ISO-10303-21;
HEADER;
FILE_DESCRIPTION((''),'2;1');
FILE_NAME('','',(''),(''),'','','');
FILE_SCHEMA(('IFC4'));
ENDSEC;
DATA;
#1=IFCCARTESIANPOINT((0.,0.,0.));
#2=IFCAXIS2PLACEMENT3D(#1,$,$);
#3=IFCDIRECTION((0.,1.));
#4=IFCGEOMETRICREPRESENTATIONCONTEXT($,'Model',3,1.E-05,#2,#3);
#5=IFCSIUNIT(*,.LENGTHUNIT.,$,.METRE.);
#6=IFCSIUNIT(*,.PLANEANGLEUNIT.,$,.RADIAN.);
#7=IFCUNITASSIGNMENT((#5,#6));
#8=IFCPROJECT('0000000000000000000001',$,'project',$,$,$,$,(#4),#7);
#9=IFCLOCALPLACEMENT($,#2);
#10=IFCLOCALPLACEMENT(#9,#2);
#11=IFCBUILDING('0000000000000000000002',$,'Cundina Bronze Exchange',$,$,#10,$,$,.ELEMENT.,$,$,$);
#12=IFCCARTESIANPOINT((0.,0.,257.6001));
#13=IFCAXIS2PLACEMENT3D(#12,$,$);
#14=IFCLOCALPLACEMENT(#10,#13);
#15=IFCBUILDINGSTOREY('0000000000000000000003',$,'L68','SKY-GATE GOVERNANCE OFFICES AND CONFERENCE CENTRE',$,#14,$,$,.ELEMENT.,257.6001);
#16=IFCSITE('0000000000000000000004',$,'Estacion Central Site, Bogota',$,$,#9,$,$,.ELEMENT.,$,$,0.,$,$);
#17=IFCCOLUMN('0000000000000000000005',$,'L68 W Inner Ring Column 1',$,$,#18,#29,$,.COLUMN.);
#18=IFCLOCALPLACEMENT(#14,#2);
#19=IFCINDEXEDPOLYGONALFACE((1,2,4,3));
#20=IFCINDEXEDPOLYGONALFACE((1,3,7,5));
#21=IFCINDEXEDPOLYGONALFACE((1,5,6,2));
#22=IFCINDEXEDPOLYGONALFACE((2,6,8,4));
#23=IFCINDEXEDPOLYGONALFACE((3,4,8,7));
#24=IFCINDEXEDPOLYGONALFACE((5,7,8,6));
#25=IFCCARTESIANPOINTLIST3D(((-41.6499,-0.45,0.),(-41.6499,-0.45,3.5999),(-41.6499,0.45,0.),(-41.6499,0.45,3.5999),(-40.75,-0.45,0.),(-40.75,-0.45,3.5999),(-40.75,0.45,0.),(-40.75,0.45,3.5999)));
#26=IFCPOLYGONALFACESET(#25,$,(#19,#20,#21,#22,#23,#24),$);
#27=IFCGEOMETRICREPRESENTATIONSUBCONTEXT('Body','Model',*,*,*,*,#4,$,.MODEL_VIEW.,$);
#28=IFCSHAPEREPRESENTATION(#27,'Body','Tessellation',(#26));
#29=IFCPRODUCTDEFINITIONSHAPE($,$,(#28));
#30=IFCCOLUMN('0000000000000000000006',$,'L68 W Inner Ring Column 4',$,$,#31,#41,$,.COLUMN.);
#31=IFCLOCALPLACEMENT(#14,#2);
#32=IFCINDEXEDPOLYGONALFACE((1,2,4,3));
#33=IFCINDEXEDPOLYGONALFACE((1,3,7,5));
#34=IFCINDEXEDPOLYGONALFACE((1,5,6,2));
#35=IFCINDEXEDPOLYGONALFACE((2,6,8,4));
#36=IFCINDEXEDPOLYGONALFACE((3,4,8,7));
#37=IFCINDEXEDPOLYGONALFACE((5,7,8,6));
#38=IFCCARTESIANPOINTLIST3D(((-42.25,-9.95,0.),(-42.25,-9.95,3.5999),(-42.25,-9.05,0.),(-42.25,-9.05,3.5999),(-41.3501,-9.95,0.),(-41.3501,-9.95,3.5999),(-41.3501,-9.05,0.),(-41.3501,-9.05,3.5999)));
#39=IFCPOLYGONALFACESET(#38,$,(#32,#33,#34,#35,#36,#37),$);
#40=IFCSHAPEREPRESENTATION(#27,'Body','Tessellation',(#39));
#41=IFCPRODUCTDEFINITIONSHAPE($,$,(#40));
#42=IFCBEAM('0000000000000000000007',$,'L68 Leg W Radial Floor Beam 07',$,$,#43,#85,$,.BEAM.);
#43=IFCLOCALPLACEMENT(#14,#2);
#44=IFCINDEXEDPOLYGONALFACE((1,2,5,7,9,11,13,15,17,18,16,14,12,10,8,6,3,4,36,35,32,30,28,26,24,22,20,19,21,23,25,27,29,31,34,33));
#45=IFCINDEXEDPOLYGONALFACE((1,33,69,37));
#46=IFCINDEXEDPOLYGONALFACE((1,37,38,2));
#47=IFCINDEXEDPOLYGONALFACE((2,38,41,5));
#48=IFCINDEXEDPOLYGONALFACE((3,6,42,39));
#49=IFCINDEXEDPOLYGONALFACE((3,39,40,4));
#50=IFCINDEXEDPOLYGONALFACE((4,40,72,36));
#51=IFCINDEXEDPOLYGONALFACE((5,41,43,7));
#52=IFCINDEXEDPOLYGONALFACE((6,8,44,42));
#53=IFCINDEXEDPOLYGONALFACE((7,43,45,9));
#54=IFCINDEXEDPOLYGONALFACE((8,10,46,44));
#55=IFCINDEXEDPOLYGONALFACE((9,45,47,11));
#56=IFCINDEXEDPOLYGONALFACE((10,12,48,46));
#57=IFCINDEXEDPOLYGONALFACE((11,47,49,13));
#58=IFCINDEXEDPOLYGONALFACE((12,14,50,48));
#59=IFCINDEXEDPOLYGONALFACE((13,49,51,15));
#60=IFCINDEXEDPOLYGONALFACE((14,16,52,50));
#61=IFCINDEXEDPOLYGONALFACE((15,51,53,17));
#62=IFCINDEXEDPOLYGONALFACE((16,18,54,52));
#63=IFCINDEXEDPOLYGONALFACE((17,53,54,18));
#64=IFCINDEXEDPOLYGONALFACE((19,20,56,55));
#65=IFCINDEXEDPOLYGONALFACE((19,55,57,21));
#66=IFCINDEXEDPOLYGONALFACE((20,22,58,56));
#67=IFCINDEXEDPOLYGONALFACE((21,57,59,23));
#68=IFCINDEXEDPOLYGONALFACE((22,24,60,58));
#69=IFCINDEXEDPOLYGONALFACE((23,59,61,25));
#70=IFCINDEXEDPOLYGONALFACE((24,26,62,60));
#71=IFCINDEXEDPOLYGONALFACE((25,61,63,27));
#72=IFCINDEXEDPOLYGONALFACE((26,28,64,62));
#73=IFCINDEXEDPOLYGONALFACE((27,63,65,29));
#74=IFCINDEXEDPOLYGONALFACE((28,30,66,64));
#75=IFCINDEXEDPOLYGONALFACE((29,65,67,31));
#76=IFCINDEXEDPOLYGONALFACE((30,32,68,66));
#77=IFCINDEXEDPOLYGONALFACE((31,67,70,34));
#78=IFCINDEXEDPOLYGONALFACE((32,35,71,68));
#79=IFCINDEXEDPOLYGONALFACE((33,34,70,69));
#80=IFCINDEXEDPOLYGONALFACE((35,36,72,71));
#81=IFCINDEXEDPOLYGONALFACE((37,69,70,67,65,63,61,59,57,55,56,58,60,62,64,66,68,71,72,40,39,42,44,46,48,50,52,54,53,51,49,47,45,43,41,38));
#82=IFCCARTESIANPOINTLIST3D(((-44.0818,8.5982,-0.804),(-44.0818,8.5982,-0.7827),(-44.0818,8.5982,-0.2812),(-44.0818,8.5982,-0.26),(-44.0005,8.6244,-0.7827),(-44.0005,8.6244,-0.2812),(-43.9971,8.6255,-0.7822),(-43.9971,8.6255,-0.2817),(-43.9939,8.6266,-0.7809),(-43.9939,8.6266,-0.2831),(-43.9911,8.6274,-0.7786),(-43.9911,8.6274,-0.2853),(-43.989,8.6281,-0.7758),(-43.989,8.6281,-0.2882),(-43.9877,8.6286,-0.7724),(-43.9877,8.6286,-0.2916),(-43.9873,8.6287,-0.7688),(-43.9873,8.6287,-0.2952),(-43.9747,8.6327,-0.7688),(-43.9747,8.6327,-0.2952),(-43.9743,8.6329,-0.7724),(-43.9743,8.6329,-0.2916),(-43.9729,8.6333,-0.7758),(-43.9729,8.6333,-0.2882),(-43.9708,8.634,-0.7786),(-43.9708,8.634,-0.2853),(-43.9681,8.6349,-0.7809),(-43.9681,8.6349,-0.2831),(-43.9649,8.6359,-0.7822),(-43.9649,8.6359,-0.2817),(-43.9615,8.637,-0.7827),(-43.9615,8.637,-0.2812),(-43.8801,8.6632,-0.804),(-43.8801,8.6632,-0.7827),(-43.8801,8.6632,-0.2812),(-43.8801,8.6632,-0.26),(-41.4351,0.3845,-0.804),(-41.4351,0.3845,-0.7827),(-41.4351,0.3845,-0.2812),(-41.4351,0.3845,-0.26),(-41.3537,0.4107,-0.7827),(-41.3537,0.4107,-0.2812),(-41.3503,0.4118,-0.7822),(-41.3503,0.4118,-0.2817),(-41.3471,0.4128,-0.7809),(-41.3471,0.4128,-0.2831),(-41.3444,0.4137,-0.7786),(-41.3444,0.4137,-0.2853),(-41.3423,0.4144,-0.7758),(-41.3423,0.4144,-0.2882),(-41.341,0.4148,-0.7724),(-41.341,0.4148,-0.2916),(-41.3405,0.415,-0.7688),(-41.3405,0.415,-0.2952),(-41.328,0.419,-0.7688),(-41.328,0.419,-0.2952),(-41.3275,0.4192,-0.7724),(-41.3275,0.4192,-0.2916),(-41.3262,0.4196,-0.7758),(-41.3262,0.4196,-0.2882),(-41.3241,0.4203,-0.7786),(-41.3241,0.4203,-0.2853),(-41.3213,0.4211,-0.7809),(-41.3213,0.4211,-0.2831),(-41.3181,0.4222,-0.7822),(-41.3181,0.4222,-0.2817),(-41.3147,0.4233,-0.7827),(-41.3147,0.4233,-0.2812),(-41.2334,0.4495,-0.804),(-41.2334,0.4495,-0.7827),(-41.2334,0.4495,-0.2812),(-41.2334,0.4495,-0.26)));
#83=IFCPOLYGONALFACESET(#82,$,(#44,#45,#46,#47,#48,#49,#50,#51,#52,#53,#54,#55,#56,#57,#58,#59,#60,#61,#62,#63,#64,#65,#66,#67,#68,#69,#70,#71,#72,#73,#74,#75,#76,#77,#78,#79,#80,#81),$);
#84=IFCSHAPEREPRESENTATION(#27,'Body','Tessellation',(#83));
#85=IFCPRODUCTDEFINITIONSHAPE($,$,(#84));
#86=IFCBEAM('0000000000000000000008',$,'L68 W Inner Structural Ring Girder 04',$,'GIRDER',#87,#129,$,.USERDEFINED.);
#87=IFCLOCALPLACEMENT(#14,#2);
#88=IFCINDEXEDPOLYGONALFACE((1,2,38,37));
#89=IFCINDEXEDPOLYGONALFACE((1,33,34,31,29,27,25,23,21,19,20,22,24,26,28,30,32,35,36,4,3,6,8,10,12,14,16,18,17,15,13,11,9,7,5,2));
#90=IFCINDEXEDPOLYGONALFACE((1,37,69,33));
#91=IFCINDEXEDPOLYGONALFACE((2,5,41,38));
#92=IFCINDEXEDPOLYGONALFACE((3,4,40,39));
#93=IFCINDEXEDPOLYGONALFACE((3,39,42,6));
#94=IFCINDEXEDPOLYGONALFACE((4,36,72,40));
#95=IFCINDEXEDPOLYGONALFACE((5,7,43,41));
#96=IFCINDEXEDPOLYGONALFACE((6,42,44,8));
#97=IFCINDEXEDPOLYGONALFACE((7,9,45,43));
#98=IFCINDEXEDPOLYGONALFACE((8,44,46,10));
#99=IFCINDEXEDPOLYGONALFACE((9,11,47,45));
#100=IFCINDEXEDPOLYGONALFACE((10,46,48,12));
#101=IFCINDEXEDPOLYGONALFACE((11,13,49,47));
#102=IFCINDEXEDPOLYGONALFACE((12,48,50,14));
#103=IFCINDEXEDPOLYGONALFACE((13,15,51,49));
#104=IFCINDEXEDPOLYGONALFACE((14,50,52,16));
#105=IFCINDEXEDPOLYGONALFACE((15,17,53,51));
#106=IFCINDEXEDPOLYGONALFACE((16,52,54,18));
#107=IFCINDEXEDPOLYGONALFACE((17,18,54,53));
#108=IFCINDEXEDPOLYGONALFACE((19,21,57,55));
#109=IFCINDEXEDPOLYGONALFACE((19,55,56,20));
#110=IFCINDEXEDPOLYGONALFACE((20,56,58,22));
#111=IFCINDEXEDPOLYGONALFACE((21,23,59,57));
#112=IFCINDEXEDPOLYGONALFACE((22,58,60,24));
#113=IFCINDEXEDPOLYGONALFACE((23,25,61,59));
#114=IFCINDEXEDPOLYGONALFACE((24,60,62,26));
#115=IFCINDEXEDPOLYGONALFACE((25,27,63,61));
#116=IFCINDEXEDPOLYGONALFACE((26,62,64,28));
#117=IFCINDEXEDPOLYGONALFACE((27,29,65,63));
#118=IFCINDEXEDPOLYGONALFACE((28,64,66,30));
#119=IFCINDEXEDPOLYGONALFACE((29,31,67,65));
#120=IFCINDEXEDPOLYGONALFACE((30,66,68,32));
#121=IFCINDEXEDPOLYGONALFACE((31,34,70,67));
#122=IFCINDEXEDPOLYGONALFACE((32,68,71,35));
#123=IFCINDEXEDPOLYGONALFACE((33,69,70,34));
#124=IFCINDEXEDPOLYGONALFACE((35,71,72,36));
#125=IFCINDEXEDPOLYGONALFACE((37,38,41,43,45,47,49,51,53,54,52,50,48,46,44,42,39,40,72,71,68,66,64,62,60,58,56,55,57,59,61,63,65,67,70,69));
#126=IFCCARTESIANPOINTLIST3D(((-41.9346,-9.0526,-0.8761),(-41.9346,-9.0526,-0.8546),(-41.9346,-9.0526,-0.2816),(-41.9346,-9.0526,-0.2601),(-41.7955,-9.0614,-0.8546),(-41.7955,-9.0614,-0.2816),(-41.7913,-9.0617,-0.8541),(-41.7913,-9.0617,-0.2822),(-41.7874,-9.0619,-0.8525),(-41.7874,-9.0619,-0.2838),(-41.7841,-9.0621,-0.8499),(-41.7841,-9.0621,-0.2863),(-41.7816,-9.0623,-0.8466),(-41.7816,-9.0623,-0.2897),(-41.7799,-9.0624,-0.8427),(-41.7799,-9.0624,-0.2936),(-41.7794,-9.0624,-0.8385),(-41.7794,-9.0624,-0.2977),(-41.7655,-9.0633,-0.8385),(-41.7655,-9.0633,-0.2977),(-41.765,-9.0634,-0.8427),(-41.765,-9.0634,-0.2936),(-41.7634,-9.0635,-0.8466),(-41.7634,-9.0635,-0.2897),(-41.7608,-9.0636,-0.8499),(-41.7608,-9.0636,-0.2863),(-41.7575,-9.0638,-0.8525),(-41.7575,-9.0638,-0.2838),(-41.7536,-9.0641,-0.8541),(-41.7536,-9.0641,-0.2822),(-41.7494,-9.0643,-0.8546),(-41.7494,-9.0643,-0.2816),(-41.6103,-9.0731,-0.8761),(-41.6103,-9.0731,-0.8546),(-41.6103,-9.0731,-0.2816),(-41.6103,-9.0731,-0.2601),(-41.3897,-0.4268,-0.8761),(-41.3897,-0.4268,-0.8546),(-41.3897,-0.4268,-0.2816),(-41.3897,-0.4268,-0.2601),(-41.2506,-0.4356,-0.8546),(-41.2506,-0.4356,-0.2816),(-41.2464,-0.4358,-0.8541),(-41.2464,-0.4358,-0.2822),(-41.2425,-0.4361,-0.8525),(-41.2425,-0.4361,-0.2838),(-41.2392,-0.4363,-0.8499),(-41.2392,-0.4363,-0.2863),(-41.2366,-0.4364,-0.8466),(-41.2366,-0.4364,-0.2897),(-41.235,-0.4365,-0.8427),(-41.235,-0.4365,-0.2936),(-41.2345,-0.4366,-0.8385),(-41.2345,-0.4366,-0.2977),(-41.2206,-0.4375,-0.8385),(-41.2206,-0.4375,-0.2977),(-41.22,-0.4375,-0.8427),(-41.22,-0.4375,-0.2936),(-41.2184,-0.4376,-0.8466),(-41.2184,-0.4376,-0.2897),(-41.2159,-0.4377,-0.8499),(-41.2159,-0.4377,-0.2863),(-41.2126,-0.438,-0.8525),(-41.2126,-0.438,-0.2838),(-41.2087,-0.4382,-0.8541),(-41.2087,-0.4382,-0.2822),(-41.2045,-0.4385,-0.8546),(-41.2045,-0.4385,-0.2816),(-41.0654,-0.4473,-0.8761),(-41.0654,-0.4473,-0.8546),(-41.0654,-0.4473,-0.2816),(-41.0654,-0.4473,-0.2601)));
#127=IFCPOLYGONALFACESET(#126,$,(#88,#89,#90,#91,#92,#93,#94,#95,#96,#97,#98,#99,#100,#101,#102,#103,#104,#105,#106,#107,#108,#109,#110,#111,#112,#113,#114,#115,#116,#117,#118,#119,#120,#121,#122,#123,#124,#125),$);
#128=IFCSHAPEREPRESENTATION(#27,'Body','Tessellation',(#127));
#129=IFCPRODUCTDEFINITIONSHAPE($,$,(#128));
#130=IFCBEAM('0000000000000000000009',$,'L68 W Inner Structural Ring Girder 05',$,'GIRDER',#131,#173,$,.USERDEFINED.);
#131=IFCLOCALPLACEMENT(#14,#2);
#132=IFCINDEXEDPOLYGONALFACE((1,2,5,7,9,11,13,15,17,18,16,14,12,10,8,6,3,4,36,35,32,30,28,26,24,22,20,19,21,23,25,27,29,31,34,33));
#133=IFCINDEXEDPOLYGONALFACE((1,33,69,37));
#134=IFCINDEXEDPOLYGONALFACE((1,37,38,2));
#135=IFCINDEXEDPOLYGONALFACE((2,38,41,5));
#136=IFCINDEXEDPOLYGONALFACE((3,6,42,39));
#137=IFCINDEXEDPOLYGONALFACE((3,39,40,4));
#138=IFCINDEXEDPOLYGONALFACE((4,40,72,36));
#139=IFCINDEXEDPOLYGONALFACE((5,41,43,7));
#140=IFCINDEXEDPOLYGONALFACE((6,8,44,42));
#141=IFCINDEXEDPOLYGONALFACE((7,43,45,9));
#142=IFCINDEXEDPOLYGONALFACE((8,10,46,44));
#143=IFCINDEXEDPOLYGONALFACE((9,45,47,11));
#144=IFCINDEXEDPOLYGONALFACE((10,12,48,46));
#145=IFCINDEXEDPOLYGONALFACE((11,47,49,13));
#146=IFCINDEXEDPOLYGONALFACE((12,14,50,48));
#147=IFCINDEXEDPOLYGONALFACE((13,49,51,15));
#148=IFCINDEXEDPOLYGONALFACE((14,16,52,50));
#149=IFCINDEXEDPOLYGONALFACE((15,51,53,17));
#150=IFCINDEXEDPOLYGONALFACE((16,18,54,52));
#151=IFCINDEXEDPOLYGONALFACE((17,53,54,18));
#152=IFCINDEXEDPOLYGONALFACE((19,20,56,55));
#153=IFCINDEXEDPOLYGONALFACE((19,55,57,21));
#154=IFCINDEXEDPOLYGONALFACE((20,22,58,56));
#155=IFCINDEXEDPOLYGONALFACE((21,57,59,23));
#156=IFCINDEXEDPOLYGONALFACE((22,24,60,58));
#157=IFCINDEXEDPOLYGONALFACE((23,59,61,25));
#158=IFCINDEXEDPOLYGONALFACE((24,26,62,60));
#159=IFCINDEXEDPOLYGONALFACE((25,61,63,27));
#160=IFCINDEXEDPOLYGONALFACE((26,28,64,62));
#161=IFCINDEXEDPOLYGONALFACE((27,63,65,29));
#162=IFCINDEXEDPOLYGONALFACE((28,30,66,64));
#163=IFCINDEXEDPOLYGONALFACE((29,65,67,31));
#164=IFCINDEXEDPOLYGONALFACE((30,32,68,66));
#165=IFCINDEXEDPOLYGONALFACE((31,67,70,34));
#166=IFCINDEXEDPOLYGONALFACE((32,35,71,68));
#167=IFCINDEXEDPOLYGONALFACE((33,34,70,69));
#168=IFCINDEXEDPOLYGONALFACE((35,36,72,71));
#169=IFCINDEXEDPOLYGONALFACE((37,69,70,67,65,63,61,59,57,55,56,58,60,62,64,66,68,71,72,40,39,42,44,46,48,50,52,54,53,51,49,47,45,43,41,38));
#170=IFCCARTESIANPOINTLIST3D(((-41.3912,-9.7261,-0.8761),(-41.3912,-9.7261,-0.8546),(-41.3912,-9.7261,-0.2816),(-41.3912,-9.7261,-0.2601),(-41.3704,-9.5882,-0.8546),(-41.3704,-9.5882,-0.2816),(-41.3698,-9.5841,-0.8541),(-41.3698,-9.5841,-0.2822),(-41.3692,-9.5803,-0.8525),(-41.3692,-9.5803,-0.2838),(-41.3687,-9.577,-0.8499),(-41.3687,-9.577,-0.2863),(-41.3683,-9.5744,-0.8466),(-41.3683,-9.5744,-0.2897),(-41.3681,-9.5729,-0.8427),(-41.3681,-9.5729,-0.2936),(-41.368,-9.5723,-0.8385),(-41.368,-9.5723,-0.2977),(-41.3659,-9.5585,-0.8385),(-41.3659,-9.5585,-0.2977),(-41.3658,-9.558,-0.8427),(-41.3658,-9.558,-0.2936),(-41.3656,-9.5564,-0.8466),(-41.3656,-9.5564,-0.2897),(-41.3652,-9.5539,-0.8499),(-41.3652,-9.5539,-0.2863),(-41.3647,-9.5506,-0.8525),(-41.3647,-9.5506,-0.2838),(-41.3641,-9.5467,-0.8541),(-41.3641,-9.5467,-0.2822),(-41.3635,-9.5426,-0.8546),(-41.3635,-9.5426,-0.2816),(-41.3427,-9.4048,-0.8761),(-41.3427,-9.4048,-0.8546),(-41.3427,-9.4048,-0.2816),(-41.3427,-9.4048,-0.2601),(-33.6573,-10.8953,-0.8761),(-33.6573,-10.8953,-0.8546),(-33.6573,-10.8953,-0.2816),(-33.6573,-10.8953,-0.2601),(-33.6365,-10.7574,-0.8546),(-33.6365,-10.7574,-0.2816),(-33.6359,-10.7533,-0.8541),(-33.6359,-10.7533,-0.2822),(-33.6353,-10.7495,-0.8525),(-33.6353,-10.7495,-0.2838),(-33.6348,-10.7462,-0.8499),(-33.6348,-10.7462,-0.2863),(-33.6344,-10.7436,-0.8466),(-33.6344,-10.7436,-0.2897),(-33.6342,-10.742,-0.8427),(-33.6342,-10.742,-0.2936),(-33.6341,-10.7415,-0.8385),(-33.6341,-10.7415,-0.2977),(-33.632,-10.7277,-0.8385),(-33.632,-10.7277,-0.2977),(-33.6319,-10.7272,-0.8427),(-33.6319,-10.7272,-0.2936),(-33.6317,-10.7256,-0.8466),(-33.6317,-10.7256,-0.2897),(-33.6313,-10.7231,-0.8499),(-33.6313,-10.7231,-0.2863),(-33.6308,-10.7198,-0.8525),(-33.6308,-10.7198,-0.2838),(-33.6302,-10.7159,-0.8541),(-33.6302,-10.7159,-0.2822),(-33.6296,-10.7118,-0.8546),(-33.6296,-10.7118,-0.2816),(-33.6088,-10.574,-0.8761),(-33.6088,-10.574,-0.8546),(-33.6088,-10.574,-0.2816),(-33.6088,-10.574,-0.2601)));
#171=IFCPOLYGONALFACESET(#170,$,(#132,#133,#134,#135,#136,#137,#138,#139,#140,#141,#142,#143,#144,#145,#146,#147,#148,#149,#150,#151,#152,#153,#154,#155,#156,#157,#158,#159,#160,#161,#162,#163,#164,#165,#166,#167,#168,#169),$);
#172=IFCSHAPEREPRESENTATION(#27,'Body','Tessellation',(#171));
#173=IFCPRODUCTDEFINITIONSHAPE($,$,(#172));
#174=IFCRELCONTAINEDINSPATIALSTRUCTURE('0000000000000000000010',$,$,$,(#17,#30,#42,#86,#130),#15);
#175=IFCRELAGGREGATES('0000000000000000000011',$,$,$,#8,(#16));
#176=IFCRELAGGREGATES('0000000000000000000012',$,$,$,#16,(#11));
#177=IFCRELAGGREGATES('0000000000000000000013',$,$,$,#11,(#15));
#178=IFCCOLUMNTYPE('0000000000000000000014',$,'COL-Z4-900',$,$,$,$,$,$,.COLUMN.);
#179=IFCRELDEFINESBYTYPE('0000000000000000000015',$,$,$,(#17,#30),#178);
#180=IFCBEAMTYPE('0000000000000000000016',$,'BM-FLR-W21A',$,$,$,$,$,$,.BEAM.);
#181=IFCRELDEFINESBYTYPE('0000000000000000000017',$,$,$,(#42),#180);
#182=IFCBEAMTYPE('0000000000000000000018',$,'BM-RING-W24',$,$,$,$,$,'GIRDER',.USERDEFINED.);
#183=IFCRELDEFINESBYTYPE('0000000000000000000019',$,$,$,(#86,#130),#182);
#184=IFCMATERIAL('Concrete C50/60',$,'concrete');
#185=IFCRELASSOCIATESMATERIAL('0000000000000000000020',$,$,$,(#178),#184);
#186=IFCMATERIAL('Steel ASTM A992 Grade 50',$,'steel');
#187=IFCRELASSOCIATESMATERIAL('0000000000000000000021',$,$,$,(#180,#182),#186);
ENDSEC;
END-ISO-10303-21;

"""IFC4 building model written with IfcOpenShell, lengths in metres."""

from ifc_helpers import new_model, si_unit, direction, frame, origin, origin_2d, place, context, subcontext, project, spatial, rectangle, i_section, extrude, material, material_profile, profile_set, type_object, element, save


model = new_model("IFC4")

# Units and contexts
model_context = context("Model", 3, precision=1e-05, world=origin(), true_north=direction((0.0, 1.0)))
body_context = subcontext(model_context, "Body", "Model", "MODEL_VIEW")
ifc_project = project(units=[si_unit("LENGTHUNIT", "METRE"), si_unit("PLANEANGLEUNIT", "RADIAN")], contexts=[model_context])

# Site, building, storey
site_placement = place(None, origin())
site = spatial("IfcSite", under=ifc_project, at=site_placement, Name="Estacion Central Site, Bogota", CompositionType="ELEMENT", RefElevation=0.0)
building_placement = place(site_placement, origin())
building = spatial("IfcBuilding", under=site, at=building_placement, Name="Cundina Bronze Exchange", CompositionType="ELEMENT")
storey_placement = place(building_placement, frame((0.0, 0.0, 257.6001)))
storey = spatial("IfcBuildingStorey", under=building, at=storey_placement, Name="L68", Description="SKY-GATE GOVERNANCE OFFICES AND CONFERENCE CENTRE", CompositionType="ELEMENT", Elevation=257.6001)

# Columns
ifc_material_1 = material(Name="Concrete C50/60", Category="concrete")
ifc_material_profile_1 = material_profile(ifc_material_1, rectangle(XDim=0.8999, YDim=0.8999, at=origin_2d()), Name="RC900X900", Category="concrete")
ifc_profile_set_1 = profile_set([ifc_material_profile_1], Name="Concrete C50/60")
column_type = type_object("IfcColumnType", Name="COL-Z4-900", PredefinedType="COLUMN", material=ifc_profile_set_1)
for number, where, z_axis, x_axis, name in (
    (1, (-41.2, 0.0, 0.0), (0.0, 0.0, 1.0), (1.0, 0.0, 0.0), "L68 W Inner Ring Column 1"),
    (2, (-41.8, -9.5, 0.0), (0.0, 0.0, 1.0), (1.0, 0.0, 0.0), "L68 W Inner Ring Column 4"),
):
    element("IfcColumn", number, at=place(storey_placement, frame(where, z_axis=z_axis, x_axis=x_axis)), inside=storey, type_object=column_type, Name=name, PredefinedType="COLUMN", context=body_context, shape_type="SweptSolid", body=[
        extrude(rectangle(XDim=0.8999, YDim=0.8999, at=origin_2d()), origin(), (0.0, 0.0, 1.0), 3.5999),
    ])

# Beams
ifc_material_2 = material(Name="Steel ASTM A992 Grade 50", Category="steel")
ifc_material_profile_2 = material_profile(ifc_material_2, i_section(OverallWidth=0.2119, OverallDepth=0.5439, WebThickness=0.0132, FlangeThickness=0.0212, FilletRadius=0.0139, at=origin_2d()), Name="W21X83", Category="steel")
ifc_profile_set_2 = profile_set([ifc_material_profile_2], Name="Steel ASTM A992 Grade 50")
beam_type_1 = type_object("IfcBeamType", Name="BM-FLR-W21A", PredefinedType="BEAM", material=ifc_profile_set_2)
beam_1_placement = place(storey_placement, frame((-41.3342, 0.417, -0.532), z_axis=(-0.306706, 0.951804, 0.0), x_axis=(-0.951804, -0.306706, 0.0)))
element("IfcBeam", 3, at=beam_1_placement, inside=storey, type_object=beam_type_1, Name="L68 Leg W Radial Floor Beam 07", PredefinedType="BEAM", context=body_context, shape_type="SweptSolid", body=[
    extrude(i_section(OverallWidth=0.2119, OverallDepth=0.5439, WebThickness=0.0132, FlangeThickness=0.0212, FilletRadius=0.0139, at=origin_2d()), origin(), (0.0, 0.0, 1.0), 8.6296),
])
ifc_material_profile_3 = material_profile(ifc_material_2, i_section(OverallWidth=0.325, OverallDepth=0.616, WebThickness=0.0139, FlangeThickness=0.0215, FilletRadius=0.0161, at=origin_2d()), Name="W24X117", Category="steel")
ifc_profile_set_3 = profile_set([ifc_material_profile_3], Name="Steel ASTM A992 Grade 50")
beam_type_2 = type_object("IfcBeamType", Name="BM-RING-W24", ElementType="GIRDER", PredefinedType="USERDEFINED", material=ifc_profile_set_3)
beam_2_placement = place(storey_placement, frame((-41.2275, -0.437, -0.5681), z_axis=(-0.063047, -0.998011, 0.0), x_axis=(0.998011, -0.063047, 0.0)))
element("IfcBeam", 4, at=beam_2_placement, inside=storey, type_object=beam_type_2, Name="L68 W Inner Structural Ring Girder 04", ObjectType="GIRDER", PredefinedType="USERDEFINED", context=body_context, shape_type="SweptSolid", body=[
    extrude(i_section(OverallWidth=0.325, OverallDepth=0.616, WebThickness=0.0139, FlangeThickness=0.0215, FilletRadius=0.0161, at=origin_2d()), origin(), (0.0, 0.0, 1.0), 8.6431),
])
beam_3_placement = place(storey_placement, frame((-41.3669, -9.5654, -0.5681), z_axis=(0.988765, -0.149479, 0.0), x_axis=(0.149479, 0.988765, 0.0)))
element("IfcBeam", 5, at=beam_3_placement, inside=storey, type_object=beam_type_2, Name="L68 W Inner Structural Ring Girder 05", ObjectType="GIRDER", PredefinedType="USERDEFINED", context=body_context, shape_type="SweptSolid", body=[
    extrude(i_section(OverallWidth=0.325, OverallDepth=0.616, WebThickness=0.0139, FlangeThickness=0.0215, FilletRadius=0.0161, at=origin_2d()), origin(), (0.0, 0.0, 1.0), 7.8218),
])

save(model, "model.ifc")
